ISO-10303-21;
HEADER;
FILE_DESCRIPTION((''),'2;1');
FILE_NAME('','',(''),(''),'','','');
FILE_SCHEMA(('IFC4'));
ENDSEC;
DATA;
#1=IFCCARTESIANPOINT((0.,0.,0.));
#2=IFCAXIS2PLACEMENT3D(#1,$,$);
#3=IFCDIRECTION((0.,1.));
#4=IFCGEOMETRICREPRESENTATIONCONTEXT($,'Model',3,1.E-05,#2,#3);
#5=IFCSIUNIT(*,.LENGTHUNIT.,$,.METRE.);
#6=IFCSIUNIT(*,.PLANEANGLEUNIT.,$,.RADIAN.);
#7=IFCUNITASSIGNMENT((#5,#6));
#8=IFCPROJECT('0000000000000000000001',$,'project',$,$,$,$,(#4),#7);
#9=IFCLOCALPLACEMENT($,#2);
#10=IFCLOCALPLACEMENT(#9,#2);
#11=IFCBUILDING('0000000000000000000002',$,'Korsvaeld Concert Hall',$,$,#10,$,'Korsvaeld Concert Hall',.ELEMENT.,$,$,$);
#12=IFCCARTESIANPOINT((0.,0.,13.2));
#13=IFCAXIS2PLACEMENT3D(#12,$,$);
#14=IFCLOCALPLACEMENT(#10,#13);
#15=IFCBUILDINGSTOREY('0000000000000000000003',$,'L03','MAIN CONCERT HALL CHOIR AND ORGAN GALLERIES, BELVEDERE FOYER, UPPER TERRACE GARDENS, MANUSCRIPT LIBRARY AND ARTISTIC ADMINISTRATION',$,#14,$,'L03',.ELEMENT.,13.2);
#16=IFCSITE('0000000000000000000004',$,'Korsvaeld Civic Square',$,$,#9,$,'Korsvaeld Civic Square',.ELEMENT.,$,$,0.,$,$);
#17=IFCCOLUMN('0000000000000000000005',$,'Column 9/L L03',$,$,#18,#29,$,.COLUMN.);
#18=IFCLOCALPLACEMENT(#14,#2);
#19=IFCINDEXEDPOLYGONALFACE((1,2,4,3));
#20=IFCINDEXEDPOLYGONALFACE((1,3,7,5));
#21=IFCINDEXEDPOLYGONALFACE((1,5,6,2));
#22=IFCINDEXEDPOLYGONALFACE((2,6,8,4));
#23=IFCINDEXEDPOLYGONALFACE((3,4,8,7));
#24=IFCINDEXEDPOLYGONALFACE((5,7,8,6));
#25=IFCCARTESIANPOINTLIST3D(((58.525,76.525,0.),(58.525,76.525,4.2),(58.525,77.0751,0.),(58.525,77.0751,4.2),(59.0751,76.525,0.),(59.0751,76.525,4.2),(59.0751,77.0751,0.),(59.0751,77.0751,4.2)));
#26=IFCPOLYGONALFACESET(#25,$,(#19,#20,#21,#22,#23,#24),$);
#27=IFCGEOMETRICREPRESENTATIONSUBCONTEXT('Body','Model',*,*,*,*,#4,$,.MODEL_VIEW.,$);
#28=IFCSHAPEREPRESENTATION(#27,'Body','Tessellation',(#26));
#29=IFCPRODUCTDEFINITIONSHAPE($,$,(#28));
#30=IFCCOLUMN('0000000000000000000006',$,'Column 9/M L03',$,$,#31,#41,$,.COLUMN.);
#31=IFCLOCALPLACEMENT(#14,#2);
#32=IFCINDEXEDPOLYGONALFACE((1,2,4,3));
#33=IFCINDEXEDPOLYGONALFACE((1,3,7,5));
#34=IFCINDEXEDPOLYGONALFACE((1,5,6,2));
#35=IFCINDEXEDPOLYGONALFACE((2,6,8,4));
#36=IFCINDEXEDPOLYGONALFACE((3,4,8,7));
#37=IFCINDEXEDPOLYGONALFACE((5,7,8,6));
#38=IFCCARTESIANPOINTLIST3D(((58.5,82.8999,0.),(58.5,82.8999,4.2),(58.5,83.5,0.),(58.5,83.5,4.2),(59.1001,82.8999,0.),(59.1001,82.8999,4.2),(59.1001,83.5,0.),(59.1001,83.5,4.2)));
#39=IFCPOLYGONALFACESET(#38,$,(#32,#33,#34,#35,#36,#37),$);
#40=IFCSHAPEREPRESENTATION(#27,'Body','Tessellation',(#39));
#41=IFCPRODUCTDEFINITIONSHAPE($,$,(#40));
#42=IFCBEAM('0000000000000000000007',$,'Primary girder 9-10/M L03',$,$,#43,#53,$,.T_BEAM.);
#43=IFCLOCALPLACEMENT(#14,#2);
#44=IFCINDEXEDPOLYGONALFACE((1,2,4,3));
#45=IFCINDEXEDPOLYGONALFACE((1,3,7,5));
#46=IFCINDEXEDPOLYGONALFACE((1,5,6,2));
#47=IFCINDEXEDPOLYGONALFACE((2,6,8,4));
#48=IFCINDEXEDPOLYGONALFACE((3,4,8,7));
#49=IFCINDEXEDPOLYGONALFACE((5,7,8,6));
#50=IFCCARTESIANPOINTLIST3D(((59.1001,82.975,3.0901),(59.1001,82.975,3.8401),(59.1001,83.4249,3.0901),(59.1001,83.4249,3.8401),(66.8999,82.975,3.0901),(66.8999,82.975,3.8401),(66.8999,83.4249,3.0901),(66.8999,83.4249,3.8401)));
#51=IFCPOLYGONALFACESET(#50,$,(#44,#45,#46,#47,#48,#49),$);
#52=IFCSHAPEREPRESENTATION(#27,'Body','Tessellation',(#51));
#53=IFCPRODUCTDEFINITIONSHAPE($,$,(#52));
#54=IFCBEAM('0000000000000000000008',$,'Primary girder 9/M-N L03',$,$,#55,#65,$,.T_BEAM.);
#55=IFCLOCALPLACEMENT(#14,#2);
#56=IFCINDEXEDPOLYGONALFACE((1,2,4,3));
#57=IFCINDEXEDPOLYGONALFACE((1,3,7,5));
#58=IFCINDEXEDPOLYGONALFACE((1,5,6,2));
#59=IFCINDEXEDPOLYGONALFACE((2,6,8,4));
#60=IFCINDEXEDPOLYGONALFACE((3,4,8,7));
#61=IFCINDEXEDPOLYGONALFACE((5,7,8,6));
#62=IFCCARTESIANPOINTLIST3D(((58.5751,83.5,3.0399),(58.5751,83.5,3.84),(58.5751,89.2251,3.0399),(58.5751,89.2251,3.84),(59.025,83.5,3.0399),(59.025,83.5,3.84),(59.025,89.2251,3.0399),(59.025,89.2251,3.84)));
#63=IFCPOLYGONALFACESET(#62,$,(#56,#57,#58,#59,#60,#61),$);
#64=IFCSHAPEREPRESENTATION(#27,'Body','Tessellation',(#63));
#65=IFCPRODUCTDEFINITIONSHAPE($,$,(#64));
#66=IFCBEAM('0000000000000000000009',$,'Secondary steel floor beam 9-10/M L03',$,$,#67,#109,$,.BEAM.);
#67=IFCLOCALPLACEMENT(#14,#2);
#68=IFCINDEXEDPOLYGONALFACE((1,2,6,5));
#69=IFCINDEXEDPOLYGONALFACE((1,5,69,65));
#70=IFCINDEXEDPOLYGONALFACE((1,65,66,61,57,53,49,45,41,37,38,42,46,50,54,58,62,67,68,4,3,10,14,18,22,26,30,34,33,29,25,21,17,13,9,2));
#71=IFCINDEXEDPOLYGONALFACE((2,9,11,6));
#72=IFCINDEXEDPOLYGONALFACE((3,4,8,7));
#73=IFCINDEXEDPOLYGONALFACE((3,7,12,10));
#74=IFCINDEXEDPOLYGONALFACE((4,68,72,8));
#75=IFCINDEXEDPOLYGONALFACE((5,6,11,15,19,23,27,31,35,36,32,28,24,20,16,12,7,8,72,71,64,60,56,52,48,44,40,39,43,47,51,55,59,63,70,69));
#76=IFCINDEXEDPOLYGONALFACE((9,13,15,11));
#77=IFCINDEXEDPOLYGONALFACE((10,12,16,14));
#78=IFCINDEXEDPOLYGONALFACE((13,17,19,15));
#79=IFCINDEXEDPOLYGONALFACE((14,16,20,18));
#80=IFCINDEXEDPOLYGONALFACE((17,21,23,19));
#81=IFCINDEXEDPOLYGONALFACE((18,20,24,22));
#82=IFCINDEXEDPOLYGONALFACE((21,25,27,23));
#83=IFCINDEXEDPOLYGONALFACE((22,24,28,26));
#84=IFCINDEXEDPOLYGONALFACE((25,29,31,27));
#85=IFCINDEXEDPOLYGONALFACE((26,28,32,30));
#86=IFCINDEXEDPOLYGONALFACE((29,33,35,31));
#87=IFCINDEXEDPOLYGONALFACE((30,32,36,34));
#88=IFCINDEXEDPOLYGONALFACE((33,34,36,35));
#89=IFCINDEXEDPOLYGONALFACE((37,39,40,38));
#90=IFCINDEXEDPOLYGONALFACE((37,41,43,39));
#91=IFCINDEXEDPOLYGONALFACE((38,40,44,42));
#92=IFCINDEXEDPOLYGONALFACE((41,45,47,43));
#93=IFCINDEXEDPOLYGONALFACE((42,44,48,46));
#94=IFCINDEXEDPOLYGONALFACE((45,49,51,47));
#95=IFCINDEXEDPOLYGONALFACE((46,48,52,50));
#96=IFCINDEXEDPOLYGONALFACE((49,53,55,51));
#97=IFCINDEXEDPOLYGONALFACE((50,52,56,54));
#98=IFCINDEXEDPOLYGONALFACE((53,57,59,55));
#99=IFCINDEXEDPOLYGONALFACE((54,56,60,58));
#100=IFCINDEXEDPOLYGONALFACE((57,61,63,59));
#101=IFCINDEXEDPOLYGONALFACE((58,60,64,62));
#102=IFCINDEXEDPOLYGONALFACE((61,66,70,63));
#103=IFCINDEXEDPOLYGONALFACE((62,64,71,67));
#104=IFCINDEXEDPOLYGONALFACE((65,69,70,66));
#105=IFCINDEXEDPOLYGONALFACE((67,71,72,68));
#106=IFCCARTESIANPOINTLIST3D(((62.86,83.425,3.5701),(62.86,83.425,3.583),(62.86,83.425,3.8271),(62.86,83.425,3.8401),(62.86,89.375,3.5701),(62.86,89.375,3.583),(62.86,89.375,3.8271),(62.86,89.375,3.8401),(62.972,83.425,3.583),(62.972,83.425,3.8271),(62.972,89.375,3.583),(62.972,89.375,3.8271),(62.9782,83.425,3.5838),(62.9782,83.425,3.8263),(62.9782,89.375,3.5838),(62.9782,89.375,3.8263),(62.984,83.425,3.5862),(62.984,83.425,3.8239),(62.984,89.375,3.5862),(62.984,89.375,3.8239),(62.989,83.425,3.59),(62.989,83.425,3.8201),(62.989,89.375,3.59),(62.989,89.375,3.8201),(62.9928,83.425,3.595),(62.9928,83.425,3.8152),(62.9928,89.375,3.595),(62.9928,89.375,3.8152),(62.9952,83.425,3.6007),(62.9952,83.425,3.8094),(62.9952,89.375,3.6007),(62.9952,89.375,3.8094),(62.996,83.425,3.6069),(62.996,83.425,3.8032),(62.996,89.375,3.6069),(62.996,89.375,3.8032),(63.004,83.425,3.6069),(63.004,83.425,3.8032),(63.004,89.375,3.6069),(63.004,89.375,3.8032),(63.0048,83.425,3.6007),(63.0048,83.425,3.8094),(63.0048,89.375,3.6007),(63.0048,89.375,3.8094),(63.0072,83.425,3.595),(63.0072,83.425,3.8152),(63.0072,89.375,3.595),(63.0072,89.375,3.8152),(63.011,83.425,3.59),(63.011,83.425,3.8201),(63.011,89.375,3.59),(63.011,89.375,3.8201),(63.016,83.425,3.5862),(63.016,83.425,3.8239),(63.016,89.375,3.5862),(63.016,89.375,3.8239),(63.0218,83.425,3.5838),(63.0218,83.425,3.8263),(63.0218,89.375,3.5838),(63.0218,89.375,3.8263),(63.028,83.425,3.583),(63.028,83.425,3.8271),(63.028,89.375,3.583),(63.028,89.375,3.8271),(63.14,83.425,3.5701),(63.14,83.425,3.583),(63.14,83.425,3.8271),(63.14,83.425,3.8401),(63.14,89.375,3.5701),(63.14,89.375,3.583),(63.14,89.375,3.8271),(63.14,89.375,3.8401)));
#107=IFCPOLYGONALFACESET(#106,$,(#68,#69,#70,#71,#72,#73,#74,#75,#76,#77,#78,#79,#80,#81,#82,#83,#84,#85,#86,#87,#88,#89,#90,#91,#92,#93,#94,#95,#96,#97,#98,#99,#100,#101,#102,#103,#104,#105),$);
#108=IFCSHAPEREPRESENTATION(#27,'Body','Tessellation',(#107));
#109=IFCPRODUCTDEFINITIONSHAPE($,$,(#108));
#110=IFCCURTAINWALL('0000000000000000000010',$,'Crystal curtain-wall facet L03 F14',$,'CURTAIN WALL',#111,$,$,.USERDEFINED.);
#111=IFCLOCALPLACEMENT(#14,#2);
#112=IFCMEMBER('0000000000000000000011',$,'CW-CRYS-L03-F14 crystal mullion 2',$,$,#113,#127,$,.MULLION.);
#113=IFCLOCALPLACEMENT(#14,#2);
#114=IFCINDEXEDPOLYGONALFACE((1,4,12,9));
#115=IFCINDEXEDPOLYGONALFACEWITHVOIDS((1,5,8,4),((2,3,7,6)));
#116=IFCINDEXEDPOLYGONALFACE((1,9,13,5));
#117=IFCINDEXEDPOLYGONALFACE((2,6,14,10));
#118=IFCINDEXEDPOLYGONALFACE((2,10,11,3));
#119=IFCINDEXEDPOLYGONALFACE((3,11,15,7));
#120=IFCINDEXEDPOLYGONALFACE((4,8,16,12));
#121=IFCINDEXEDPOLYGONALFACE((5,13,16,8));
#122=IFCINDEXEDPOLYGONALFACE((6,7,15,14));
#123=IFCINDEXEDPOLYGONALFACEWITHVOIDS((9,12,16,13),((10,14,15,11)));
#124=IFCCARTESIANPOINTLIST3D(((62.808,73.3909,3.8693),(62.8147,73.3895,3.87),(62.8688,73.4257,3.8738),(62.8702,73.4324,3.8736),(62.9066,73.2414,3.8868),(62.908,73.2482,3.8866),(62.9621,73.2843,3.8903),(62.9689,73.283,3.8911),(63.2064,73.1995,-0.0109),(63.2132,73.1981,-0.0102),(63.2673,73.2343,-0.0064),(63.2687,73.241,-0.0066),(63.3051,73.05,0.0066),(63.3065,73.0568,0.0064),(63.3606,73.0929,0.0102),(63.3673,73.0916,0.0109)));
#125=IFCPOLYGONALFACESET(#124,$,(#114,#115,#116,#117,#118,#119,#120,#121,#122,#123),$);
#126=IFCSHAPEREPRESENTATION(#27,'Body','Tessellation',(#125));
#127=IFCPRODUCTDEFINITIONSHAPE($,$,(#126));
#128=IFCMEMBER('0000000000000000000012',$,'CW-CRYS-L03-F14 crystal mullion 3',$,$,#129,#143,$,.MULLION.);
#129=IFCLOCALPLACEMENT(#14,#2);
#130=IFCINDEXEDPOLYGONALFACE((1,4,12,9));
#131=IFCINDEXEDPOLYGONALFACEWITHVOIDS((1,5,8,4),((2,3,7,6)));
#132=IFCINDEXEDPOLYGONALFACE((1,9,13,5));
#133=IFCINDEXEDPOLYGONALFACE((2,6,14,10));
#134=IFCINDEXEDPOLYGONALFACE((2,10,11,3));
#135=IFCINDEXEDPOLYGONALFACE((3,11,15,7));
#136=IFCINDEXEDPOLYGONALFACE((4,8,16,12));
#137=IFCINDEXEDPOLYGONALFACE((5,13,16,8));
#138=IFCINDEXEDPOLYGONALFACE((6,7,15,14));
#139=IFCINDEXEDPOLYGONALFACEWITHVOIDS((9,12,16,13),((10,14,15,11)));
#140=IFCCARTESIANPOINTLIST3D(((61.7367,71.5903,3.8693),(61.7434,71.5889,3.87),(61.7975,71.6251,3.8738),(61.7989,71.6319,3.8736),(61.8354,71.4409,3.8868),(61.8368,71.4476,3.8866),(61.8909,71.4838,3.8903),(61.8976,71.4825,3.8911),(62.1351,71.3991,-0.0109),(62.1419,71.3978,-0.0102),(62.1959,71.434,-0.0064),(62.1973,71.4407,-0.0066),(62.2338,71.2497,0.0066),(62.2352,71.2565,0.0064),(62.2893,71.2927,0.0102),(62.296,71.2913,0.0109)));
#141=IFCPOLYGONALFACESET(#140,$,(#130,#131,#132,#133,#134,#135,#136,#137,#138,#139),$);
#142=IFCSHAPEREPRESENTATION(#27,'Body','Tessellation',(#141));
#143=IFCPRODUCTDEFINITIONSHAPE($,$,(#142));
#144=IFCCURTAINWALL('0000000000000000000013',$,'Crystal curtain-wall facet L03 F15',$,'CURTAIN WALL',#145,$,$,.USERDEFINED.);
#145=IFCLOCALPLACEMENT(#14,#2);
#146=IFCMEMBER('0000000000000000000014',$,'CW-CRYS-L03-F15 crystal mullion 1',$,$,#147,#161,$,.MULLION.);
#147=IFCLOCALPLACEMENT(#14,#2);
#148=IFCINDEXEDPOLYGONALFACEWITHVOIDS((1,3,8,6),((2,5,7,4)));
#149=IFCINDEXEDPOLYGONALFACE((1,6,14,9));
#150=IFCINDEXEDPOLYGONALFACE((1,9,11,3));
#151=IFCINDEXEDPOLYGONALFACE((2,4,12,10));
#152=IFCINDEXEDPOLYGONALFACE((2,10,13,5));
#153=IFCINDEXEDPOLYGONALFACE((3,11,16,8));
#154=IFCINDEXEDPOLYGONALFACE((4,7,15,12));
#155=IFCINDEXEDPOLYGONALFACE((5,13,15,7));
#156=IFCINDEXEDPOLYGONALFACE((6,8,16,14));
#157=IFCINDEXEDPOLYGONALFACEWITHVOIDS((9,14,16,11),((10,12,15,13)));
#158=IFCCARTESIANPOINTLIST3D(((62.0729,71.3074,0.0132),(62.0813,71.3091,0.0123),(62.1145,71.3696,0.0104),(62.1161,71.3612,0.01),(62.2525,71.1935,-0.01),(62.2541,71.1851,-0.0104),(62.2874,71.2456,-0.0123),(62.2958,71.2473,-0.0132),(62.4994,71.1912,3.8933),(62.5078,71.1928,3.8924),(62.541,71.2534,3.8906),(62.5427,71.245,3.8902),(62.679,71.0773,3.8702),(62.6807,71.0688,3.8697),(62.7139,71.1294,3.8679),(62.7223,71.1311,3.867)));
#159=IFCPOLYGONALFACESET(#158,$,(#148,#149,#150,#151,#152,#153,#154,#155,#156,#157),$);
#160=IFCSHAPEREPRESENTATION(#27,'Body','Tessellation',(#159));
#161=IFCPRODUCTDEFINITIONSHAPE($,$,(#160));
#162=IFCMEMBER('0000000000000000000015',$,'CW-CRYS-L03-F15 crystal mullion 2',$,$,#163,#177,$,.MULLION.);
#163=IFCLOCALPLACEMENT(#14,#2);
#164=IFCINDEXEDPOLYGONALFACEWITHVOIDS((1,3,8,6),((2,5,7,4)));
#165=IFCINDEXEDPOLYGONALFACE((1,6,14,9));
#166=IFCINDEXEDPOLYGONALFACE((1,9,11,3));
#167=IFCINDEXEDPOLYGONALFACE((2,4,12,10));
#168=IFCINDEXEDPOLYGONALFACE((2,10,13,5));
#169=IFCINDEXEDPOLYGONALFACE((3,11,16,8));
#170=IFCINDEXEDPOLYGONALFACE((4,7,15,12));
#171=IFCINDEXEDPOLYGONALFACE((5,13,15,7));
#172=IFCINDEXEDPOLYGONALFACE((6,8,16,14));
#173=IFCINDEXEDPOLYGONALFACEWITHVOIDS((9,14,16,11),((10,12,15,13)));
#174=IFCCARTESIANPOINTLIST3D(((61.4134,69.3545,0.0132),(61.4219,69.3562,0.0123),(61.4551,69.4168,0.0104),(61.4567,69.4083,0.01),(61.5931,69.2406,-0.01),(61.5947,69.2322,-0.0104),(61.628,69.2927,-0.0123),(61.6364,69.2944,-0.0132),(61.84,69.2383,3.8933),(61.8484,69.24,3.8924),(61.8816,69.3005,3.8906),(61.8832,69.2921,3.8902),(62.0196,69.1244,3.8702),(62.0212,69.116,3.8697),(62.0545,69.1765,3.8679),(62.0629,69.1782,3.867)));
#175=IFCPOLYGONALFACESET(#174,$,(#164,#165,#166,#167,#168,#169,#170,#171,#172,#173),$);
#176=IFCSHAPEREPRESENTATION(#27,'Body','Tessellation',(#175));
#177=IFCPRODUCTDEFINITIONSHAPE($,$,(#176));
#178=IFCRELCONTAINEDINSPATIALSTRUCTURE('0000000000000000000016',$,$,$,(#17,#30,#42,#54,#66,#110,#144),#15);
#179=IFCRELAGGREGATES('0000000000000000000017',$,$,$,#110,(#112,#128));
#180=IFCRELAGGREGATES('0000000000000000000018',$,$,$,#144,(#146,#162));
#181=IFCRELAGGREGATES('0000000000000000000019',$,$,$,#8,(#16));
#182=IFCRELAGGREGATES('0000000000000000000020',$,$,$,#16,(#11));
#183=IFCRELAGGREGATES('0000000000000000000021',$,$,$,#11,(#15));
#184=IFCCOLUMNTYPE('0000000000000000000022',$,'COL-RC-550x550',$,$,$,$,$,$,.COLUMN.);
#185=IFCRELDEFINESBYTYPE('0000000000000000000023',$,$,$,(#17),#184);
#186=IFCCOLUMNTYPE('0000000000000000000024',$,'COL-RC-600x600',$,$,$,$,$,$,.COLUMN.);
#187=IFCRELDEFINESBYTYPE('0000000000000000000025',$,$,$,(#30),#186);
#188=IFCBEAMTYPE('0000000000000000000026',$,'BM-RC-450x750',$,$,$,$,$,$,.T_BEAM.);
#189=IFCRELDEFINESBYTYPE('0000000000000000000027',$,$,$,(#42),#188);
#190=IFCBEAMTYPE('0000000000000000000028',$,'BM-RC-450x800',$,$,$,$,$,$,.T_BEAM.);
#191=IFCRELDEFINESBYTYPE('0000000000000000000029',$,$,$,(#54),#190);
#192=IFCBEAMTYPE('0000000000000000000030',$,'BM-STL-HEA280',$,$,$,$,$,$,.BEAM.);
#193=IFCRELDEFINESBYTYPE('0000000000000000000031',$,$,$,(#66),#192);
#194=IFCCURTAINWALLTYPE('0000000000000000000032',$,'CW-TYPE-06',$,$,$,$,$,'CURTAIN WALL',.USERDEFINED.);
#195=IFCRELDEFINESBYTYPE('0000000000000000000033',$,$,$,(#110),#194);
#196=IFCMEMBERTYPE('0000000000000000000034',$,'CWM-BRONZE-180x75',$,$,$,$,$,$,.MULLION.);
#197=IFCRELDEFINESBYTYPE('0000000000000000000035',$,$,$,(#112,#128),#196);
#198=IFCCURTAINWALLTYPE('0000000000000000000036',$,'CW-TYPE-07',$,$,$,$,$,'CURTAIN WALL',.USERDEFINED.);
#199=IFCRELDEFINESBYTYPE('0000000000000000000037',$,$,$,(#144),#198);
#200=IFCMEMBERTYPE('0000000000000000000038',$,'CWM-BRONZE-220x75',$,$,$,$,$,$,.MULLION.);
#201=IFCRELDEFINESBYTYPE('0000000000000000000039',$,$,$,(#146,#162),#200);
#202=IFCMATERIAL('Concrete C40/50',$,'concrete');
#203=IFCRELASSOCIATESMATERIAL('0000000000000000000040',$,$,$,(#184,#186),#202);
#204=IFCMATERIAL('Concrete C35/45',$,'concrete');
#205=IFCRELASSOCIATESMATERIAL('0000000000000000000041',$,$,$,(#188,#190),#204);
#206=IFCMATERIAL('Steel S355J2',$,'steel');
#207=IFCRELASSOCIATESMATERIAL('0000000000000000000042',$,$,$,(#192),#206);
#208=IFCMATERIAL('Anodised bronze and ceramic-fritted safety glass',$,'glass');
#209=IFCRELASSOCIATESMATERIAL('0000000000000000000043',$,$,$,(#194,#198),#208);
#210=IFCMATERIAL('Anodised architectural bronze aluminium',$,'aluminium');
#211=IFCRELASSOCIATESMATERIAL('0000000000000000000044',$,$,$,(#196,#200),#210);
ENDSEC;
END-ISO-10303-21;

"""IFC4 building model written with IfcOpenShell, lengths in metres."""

from ifc_helpers import new_model, si_unit, direction, frame, origin, origin_2d, place, context, subcontext, project, spatial, rectangle, hollow_rectangle, i_section, extrude, material, material_profile, profile_set, type_object, element, aggregate, save


model = new_model("IFC4")

# Units and contexts
model_context = context("Model", 3, precision=1e-05, world=origin(), true_north=direction((0.0, 1.0)))
body_context = subcontext(model_context, "Body", "Model", "MODEL_VIEW")
ifc_project = project(units=[si_unit("LENGTHUNIT", "METRE"), si_unit("PLANEANGLEUNIT", "RADIAN")], contexts=[model_context])

# Site, building, storey
site_placement = place(None, origin())
site = spatial("IfcSite", under=ifc_project, at=site_placement, Name="Korsvaeld Civic Square", LongName="Korsvaeld Civic Square", CompositionType="ELEMENT", RefElevation=0.0)
building_placement = place(site_placement, origin())
building = spatial("IfcBuilding", under=site, at=building_placement, Name="Korsvaeld Concert Hall", LongName="Korsvaeld Concert Hall", CompositionType="ELEMENT")
storey_placement = place(building_placement, frame((0.0, 0.0, 13.2)))
storey = spatial("IfcBuildingStorey", under=building, at=storey_placement, Name="L03", Description="MAIN CONCERT HALL CHOIR AND ORGAN GALLERIES, BELVEDERE FOYER, UPPER TERRACE GARDENS, MANUSCRIPT LIBRARY AND ARTISTIC ADMINISTRATION", LongName="L03", CompositionType="ELEMENT", Elevation=13.2)

# Columns
ifc_material_1 = material(Name="Concrete C40/50", Category="concrete")
ifc_material_profile_1 = material_profile(ifc_material_1, rectangle(XDim=0.55, YDim=0.55, at=origin_2d()), Name="RC 550x550")
ifc_profile_set_1 = profile_set([ifc_material_profile_1], Name="Concrete C40/50")
column_type_1 = type_object("IfcColumnType", Name="COL-RC-550x550", PredefinedType="COLUMN", material=ifc_profile_set_1)
column_1_placement = place(storey_placement, frame((58.8, 76.8, 0.0), z_axis=(0.0, 0.0, 1.0), x_axis=(1.0, 0.0, 0.0)))
element("IfcColumn", 1, at=column_1_placement, inside=storey, type_object=column_type_1, Name="Column 9/L L03", PredefinedType="COLUMN", context=body_context, shape_type="SweptSolid", body=[
    extrude(rectangle(XDim=0.55, YDim=0.55, at=origin_2d()), origin(), (0.0, 0.0, 1.0), 4.2),
])
ifc_material_profile_2 = material_profile(ifc_material_1, rectangle(XDim=0.6001, YDim=0.6001, at=origin_2d()), Name="RC 600x600")
ifc_profile_set_2 = profile_set([ifc_material_profile_2], Name="Concrete C40/50")
column_type_2 = type_object("IfcColumnType", Name="COL-RC-600x600", PredefinedType="COLUMN", material=ifc_profile_set_2)
column_2_placement = place(storey_placement, frame((58.8, 83.2, 0.0), z_axis=(0.0, 0.0, 1.0), x_axis=(1.0, 0.0, 0.0)))
element("IfcColumn", 2, at=column_2_placement, inside=storey, type_object=column_type_2, Name="Column 9/M L03", PredefinedType="COLUMN", context=body_context, shape_type="SweptSolid", body=[
    extrude(rectangle(XDim=0.6001, YDim=0.6001, at=origin_2d()), origin(), (0.0, 0.0, 1.0), 4.2),
])

# Beams
ifc_material_2 = material(Name="Concrete C35/45", Category="concrete")
ifc_material_profile_3 = material_profile(ifc_material_2, rectangle(XDim=0.45, YDim=0.75, at=origin_2d()), Name="RC 450x750")
ifc_profile_set_3 = profile_set([ifc_material_profile_3], Name="Concrete C35/45")
beam_type_1 = type_object("IfcBeamType", Name="BM-RC-450x750", PredefinedType="T_BEAM", material=ifc_profile_set_3)
beam_1_placement = place(storey_placement, frame((59.1001, 83.2, 3.4651), z_axis=(1.0, 0.0, 0.0), x_axis=(0.0, 1.0, 0.0)))
element("IfcBeam", 3, at=beam_1_placement, inside=storey, type_object=beam_type_1, Name="Primary girder 9-10/M L03", PredefinedType="T_BEAM", context=body_context, shape_type="SweptSolid", body=[
    extrude(rectangle(XDim=0.45, YDim=0.75, at=origin_2d()), origin(), (0.0, 0.0, 1.0), 7.7998),
])
ifc_material_profile_4 = material_profile(ifc_material_2, rectangle(XDim=0.45, YDim=0.8, at=origin_2d()), Name="RC 450x800")
ifc_profile_set_4 = profile_set([ifc_material_profile_4], Name="Concrete C35/45")
beam_type_2 = type_object("IfcBeamType", Name="BM-RC-450x800", PredefinedType="T_BEAM", material=ifc_profile_set_4)
beam_2_placement = place(storey_placement, frame((58.8, 83.5, 3.4399), z_axis=(0.0, 1.0, 0.0), x_axis=(-1.0, 0.0, 0.0)))
element("IfcBeam", 4, at=beam_2_placement, inside=storey, type_object=beam_type_2, Name="Primary girder 9/M-N L03", PredefinedType="T_BEAM", context=body_context, shape_type="SweptSolid", body=[
    extrude(rectangle(XDim=0.45, YDim=0.8, at=origin_2d()), origin(), (0.0, 0.0, 1.0), 5.7251),
])
ifc_material_3 = material(Name="Steel S355J2", Category="steel")
ifc_material_profile_5 = material_profile(ifc_material_3, i_section(OverallWidth=0.28, OverallDepth=0.27, WebThickness=0.0081, FlangeThickness=0.0129, FilletRadius=0.0239, at=origin_2d()), Name="HEA 280")
ifc_profile_set_5 = profile_set([ifc_material_profile_5], Name="Steel S355J2")
beam_type_3 = type_object("IfcBeamType", Name="BM-STL-HEA280", PredefinedType="BEAM", material=ifc_profile_set_5)
beam_3_placement = place(storey_placement, frame((63.0, 83.425, 3.7051), z_axis=(0.0, 1.0, 0.0), x_axis=(-1.0, 0.0, 0.0)))
element("IfcBeam", 5, at=beam_3_placement, inside=storey, type_object=beam_type_3, Name="Secondary steel floor beam 9-10/M L03", PredefinedType="BEAM", context=body_context, shape_type="SweptSolid", body=[
    extrude(i_section(OverallWidth=0.28, OverallDepth=0.27, WebThickness=0.0081, FlangeThickness=0.0129, FilletRadius=0.0239, at=origin_2d()), origin(), (0.0, 0.0, 1.0), 5.95),
])

# Curtain walls, members
ifc_material_4 = material(Name="Anodised bronze and ceramic-fritted safety glass", Category="glass")
curtain_wall_type_1 = type_object("IfcCurtainWallType", Name="CW-TYPE-06", ElementType="CURTAIN WALL", PredefinedType="USERDEFINED", material=ifc_material_4)
curtain_wall_1_placement = place(storey_placement, origin())
curtain_wall_1 = element("IfcCurtainWall", 6, at=curtain_wall_1_placement, inside=storey, type_object=curtain_wall_type_1, Name="Crystal curtain-wall facet L03 F14", ObjectType="CURTAIN WALL", PredefinedType="USERDEFINED")
ifc_material_5 = material(Name="Anodised architectural bronze aluminium", Category="aluminium")
ifc_material_profile_6 = material_profile(ifc_material_5, hollow_rectangle(XDim=0.075, YDim=0.1799, WallThickness=0.0049, at=origin_2d()), Name="CWM 180x75x5")
ifc_profile_set_6 = profile_set([ifc_material_profile_6], Name="Anodised architectural bronze aluminium")
member_type_1 = type_object("IfcMemberType", Name="CWM-BRONZE-180x75", PredefinedType="MULLION", material=ifc_profile_set_6)
member_1_placement = place(storey_placement, frame((63.2869, 73.1455, 0.0), z_axis=(-0.102027, 0.049013, 0.993573), x_axis=(-0.830086, -0.554624, -0.057879)))
member_1 = element("IfcMember", 7, at=member_1_placement, type_object=member_type_1, Name="CW-CRYS-L03-F14 crystal mullion 2", PredefinedType="MULLION", context=body_context, shape_type="SweptSolid", body=[
    extrude(hollow_rectangle(XDim=0.075, YDim=0.1799, WallThickness=0.0049, at=origin_2d()), origin(), (0.0, 0.0, 1.0), 3.9053),
])
member_2_placement = place(storey_placement, frame((62.2156, 71.3452, 0.0), z_axis=(-0.102027, 0.048951, 0.993577), x_axis=(-0.829811, -0.555036, -0.057866)))
member_2 = element("IfcMember", 8, at=member_2_placement, type_object=member_type_1, Name="CW-CRYS-L03-F14 crystal mullion 3", PredefinedType="MULLION", context=body_context, shape_type="SweptSolid", body=[
    extrude(hollow_rectangle(XDim=0.075, YDim=0.1799, WallThickness=0.0049, at=origin_2d()), origin(), (0.0, 0.0, 1.0), 3.9053),
])
curtain_wall_type_2 = type_object("IfcCurtainWallType", Name="CW-TYPE-07", ElementType="CURTAIN WALL", PredefinedType="USERDEFINED", material=ifc_material_4)
curtain_wall_2_placement = place(storey_placement, origin())
curtain_wall_2 = element("IfcCurtainWall", 9, at=curtain_wall_2_placement, inside=storey, type_object=curtain_wall_type_2, Name="Crystal curtain-wall facet L03 F15", ObjectType="CURTAIN WALL", PredefinedType="USERDEFINED")
ifc_material_profile_7 = material_profile(ifc_material_5, hollow_rectangle(XDim=0.075, YDim=0.22, WallThickness=0.0061, at=origin_2d()), Name="CWM 220x75x6")
ifc_profile_set_7 = profile_set([ifc_material_profile_7], Name="Anodised architectural bronze aluminium")
member_type_2 = type_object("IfcMemberType", Name="CWM-BRONZE-220x75", PredefinedType="MULLION", material=ifc_profile_set_7)
member_3_placement = place(storey_placement, frame((62.1843, 71.2773, 0.0), z_axis=(0.109216, -0.029758, 0.993573), x_axis=(0.555752, 0.830559, -0.036214)))
member_3 = element("IfcMember", 10, at=member_3_placement, type_object=member_type_2, Name="CW-CRYS-L03-F15 crystal mullion 1", PredefinedType="MULLION", context=body_context, shape_type="SweptSolid", body=[
    extrude(hollow_rectangle(XDim=0.075, YDim=0.22, WallThickness=0.0061, at=origin_2d()), origin(), (0.0, 0.0, 1.0), 3.9053),
])
member_4_placement = place(storey_placement, frame((61.5249, 69.3245, 0.0), z_axis=(0.109216, -0.029758, 0.993573), x_axis=(0.555752, 0.830559, -0.036214)))
member_4 = element("IfcMember", 11, at=member_4_placement, type_object=member_type_2, Name="CW-CRYS-L03-F15 crystal mullion 2", PredefinedType="MULLION", context=body_context, shape_type="SweptSolid", body=[
    extrude(hollow_rectangle(XDim=0.075, YDim=0.22, WallThickness=0.0061, at=origin_2d()), origin(), (0.0, 0.0, 1.0), 3.9053),
])

aggregate(curtain_wall_1, [member_1, member_2])
aggregate(curtain_wall_2, [member_3, member_4])

save(model, "model.ifc")
